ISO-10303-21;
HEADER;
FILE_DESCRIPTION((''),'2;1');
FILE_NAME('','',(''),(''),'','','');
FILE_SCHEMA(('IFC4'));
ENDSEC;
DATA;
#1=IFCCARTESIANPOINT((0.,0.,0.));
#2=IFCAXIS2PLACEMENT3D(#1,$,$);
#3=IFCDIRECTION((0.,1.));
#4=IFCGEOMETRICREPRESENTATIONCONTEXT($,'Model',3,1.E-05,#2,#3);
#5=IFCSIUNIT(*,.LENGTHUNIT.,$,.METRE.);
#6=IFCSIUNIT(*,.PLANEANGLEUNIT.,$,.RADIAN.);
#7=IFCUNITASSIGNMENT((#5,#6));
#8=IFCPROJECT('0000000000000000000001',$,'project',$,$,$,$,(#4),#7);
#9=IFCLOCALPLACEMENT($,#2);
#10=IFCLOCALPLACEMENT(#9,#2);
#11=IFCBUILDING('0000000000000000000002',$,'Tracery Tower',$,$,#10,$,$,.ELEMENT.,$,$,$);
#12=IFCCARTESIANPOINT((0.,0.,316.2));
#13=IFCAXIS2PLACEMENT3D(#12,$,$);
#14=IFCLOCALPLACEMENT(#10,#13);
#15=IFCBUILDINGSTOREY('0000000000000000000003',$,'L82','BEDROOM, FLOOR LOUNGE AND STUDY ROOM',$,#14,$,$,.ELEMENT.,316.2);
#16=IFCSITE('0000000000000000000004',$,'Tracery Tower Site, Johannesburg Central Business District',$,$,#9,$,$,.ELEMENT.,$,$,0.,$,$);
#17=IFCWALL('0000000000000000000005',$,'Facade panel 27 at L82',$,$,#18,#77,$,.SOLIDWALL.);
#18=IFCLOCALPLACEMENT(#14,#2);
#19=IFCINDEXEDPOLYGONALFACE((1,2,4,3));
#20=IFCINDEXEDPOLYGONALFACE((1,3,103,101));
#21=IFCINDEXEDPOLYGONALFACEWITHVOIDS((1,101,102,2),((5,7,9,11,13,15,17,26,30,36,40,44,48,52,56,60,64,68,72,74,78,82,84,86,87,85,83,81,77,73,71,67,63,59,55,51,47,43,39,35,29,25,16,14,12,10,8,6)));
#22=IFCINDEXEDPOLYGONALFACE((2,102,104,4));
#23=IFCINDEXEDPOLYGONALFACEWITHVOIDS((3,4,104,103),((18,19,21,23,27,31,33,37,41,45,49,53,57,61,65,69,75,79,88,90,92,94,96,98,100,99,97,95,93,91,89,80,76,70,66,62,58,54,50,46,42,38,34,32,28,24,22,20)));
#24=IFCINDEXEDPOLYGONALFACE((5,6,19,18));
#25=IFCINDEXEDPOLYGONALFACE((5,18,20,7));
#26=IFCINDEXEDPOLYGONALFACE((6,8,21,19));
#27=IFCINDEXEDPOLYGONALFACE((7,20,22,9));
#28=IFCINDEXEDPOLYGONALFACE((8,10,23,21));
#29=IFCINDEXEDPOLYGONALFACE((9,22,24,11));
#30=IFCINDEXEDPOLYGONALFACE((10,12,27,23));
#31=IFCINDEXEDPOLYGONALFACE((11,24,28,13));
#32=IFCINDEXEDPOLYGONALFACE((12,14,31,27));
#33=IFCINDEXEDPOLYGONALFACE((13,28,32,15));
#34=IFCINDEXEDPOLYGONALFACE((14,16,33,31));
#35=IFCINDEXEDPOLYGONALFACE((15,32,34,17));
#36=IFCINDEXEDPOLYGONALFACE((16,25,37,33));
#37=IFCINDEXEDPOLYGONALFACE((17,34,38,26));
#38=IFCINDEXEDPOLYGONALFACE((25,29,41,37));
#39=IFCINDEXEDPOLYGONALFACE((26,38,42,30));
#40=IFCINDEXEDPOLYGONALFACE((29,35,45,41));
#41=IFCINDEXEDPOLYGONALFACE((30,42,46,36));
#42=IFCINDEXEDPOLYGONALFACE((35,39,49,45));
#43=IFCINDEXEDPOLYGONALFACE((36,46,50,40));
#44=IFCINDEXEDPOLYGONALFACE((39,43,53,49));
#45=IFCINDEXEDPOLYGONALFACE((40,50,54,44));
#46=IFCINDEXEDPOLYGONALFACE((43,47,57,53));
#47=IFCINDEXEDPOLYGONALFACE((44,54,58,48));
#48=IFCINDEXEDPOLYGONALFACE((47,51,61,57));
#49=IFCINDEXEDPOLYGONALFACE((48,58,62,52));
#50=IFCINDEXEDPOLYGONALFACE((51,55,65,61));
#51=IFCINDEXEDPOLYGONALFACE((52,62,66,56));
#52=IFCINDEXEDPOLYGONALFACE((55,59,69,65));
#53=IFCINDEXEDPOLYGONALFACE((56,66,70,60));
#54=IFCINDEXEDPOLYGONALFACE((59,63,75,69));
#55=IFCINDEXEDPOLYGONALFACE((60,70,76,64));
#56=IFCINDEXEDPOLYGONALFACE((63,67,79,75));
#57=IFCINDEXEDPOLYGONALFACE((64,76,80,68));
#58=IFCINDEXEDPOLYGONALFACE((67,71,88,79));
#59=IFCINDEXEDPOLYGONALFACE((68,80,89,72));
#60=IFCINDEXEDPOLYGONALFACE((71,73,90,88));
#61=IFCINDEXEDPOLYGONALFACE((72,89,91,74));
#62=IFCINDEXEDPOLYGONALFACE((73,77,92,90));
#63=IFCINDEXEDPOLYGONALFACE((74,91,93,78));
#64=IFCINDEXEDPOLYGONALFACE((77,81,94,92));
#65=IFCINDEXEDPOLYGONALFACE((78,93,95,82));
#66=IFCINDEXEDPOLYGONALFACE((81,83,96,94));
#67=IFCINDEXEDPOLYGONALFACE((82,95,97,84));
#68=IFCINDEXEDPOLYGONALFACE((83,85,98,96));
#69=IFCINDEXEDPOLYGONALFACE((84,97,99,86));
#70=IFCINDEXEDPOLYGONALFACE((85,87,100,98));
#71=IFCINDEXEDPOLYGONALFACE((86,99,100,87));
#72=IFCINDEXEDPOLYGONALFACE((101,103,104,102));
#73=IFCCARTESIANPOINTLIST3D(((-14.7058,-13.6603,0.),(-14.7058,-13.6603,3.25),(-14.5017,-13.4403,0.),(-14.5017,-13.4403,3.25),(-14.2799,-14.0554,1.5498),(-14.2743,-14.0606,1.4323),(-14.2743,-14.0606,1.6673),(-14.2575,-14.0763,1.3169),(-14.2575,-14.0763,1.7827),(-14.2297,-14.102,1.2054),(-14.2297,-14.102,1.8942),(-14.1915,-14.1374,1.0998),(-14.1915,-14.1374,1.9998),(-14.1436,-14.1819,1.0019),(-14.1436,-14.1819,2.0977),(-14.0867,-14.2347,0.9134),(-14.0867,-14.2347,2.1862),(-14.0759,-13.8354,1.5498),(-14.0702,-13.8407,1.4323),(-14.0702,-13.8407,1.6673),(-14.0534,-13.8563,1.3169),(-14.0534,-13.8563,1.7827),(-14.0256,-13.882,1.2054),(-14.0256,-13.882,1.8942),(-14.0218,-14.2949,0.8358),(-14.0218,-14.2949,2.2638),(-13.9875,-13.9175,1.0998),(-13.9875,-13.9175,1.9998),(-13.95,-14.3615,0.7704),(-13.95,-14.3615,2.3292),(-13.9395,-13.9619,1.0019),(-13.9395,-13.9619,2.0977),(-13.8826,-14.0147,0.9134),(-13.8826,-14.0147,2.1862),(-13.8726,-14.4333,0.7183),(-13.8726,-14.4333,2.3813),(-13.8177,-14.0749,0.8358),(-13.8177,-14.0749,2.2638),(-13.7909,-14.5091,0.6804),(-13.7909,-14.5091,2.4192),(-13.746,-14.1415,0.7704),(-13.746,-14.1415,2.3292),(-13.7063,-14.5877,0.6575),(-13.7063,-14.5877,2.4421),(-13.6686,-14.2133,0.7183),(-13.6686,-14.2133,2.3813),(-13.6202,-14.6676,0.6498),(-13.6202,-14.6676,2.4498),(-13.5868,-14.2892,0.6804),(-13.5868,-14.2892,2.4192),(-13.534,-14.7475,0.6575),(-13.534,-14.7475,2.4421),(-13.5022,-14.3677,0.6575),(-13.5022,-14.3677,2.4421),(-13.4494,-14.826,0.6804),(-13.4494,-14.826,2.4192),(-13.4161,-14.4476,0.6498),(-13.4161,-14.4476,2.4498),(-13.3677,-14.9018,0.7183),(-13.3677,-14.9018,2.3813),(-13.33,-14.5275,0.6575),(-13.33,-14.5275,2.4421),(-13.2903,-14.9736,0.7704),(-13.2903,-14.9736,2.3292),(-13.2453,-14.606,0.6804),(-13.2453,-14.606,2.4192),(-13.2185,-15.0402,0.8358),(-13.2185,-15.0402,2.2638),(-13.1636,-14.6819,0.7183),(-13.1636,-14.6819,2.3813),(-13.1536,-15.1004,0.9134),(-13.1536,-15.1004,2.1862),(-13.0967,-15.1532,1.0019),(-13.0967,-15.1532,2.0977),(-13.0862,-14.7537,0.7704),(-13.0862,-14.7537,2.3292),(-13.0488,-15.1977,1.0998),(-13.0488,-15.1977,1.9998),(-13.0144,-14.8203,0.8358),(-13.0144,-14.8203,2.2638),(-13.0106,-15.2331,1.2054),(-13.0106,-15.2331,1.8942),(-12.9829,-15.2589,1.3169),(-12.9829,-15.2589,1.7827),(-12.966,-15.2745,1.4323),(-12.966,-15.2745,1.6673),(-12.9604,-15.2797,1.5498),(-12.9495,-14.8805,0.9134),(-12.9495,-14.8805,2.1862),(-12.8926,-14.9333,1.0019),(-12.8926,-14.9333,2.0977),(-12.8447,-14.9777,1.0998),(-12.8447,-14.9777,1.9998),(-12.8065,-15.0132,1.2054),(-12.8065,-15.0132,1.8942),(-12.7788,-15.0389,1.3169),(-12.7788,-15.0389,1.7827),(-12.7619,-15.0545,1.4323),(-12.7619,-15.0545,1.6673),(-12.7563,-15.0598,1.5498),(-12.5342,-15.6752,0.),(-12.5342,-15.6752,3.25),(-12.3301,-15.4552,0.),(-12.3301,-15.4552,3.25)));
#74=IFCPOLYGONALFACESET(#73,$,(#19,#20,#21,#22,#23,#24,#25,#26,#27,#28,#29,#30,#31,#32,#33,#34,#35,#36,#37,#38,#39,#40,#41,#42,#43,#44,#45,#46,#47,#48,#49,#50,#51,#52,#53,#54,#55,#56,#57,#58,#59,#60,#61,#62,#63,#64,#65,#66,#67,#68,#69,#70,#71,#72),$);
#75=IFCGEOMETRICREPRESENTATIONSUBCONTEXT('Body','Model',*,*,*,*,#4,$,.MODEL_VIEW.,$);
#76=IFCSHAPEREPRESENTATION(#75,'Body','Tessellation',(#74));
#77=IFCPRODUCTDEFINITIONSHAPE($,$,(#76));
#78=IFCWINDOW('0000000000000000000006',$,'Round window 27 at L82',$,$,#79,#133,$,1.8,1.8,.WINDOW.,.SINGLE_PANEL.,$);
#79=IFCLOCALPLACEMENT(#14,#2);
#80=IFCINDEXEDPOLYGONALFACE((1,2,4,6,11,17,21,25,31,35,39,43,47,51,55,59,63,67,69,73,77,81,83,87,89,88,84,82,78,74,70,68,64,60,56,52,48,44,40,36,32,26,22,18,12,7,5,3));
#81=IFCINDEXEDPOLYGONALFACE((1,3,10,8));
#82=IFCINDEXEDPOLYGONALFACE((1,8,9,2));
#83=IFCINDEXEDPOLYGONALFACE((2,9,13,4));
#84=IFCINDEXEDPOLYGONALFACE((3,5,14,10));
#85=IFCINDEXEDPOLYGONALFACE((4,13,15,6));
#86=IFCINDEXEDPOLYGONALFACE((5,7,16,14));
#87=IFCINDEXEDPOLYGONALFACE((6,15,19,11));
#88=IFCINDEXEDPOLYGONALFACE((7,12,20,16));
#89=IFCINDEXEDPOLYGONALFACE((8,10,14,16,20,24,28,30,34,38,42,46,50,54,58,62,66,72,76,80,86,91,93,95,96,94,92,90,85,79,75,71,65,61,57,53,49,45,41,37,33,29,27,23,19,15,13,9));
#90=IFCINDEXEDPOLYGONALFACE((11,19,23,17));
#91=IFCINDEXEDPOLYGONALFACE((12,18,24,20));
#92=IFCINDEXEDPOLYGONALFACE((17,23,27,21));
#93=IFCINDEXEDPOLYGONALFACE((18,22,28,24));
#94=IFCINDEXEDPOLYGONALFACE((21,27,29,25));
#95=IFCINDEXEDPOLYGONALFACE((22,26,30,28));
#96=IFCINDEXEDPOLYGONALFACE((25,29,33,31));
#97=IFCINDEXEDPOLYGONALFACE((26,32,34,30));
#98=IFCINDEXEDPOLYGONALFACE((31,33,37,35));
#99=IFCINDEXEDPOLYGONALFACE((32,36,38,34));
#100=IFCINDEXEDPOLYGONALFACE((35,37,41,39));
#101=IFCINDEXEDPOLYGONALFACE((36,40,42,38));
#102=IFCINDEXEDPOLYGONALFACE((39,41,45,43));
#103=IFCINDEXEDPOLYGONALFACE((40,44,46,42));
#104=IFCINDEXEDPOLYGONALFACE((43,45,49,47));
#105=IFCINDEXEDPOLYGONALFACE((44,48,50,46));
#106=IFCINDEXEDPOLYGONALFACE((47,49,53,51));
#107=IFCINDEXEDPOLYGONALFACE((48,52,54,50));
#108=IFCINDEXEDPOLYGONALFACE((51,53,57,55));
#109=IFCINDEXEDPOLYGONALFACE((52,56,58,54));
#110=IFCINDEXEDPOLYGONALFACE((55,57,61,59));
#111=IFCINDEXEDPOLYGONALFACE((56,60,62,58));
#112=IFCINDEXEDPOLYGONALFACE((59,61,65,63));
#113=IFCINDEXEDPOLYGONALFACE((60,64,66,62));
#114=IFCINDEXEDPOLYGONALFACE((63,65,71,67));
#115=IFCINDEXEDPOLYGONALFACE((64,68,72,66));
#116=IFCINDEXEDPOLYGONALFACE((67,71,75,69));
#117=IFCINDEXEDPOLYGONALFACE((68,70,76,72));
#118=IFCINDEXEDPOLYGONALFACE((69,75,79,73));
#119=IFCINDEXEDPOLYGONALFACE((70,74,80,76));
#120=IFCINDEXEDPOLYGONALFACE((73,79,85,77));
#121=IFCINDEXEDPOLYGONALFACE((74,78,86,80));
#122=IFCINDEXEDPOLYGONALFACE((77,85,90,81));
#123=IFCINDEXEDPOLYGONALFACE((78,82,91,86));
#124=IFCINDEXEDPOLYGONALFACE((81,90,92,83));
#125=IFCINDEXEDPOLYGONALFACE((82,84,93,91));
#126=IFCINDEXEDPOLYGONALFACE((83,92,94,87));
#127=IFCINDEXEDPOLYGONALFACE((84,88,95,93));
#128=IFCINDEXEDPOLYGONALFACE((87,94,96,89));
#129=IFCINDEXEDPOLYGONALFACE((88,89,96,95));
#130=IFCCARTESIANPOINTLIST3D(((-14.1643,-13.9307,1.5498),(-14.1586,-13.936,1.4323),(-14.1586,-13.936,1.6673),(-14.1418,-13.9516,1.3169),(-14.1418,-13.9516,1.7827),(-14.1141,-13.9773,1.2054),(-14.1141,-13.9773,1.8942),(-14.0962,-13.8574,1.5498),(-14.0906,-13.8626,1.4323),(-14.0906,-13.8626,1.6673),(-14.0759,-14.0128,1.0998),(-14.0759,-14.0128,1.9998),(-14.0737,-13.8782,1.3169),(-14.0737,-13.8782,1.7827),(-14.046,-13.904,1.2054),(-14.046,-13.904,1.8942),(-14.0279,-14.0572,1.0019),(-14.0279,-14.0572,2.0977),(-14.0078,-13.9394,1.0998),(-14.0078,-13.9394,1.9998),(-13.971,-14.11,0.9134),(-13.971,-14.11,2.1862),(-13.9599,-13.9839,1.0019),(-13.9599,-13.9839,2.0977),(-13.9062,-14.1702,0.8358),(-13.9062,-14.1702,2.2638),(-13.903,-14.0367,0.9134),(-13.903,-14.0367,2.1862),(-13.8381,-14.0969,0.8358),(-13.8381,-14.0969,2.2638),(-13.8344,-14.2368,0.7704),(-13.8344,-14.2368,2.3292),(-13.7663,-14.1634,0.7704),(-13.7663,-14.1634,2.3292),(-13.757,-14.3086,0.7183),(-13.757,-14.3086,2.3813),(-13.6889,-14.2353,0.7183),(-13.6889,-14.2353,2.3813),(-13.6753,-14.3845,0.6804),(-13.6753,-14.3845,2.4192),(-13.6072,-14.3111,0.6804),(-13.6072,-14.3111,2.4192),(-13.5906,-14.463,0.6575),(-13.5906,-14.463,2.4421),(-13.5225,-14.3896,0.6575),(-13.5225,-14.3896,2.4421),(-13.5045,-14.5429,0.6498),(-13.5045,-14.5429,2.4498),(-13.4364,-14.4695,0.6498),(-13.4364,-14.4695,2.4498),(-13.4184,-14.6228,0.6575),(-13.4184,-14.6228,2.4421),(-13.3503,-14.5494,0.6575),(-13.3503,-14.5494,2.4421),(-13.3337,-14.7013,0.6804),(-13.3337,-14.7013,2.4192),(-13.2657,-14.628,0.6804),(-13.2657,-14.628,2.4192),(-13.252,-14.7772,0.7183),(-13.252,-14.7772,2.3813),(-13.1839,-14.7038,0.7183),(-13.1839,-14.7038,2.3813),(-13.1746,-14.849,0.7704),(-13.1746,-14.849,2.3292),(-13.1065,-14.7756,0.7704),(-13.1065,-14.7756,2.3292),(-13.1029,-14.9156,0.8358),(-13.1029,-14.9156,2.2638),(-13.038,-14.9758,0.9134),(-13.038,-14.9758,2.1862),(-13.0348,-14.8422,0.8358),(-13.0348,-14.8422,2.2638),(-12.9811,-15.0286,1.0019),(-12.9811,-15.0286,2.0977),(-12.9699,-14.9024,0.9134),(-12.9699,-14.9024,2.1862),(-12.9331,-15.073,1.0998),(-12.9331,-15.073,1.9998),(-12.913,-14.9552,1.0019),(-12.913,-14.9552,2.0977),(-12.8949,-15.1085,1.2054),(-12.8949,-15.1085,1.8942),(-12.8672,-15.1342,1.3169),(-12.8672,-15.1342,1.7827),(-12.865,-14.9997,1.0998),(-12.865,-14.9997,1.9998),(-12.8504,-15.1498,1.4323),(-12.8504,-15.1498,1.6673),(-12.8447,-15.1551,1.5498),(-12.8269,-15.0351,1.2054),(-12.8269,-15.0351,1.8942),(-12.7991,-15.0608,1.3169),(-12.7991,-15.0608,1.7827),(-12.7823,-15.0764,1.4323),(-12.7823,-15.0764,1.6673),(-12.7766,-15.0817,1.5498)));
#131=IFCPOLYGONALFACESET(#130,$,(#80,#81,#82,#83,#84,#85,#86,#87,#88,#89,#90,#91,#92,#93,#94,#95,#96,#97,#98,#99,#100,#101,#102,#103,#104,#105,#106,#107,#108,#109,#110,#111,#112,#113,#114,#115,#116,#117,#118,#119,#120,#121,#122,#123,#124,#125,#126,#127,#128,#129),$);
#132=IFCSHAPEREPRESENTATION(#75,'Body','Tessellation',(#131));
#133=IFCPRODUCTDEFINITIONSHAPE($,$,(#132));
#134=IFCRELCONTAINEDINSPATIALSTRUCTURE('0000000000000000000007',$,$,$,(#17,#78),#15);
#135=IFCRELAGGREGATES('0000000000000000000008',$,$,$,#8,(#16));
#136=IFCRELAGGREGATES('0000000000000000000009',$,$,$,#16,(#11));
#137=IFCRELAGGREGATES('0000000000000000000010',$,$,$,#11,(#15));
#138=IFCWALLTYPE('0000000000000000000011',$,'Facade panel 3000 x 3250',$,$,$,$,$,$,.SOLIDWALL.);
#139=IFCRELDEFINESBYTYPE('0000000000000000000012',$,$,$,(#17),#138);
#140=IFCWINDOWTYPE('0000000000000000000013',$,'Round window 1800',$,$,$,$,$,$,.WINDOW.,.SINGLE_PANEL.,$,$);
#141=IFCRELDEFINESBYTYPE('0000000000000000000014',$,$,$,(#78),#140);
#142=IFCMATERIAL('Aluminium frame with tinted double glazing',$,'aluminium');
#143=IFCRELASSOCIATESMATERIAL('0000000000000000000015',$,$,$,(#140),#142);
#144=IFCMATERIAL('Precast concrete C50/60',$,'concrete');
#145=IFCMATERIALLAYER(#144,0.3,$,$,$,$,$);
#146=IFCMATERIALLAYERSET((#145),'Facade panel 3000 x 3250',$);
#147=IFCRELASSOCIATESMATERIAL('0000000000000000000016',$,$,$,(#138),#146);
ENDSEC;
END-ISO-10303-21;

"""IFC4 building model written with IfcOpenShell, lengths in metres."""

from ifc_helpers import new_model, si_unit, direction, frame, frame_2d, origin, origin_2d, place, context, subcontext, project, spatial, rectangle, circle, extrude, material, layer, layer_set, type_object, element, fill, save


model = new_model("IFC4")

# Units and contexts
model_context = context("Model", 3, precision=1e-05, world=origin(), true_north=direction((0.0, 1.0)))
body_context = subcontext(model_context, "Body", "Model", "MODEL_VIEW")
ifc_project = project(units=[si_unit("LENGTHUNIT", "METRE"), si_unit("PLANEANGLEUNIT", "RADIAN")], contexts=[model_context])

# Site, building, storey
site_placement = place(None, origin())
site = spatial("IfcSite", under=ifc_project, at=site_placement, Name="Tracery Tower Site, Johannesburg Central Business District", CompositionType="ELEMENT", RefElevation=0.0)
building_placement = place(site_placement, origin())
building = spatial("IfcBuilding", under=site, at=building_placement, Name="Tracery Tower", CompositionType="ELEMENT")
storey_placement = place(building_placement, frame((0.0, 0.0, 316.2)))
storey = spatial("IfcBuildingStorey", under=building, at=storey_placement, Name="L82", Description="BEDROOM, FLOOR LOUNGE AND STUDY ROOM", CompositionType="ELEMENT", Elevation=316.2)

# Wall, opening, window
ifc_material_1 = material(Name="Aluminium frame with tinted double glazing", Category="aluminium")
window_type = type_object("IfcWindowType", Name="Round window 1800", PartitioningType="SINGLE_PANEL", PredefinedType="WINDOW", material=ifc_material_1)
ifc_material_2 = material(Name="Precast concrete C50/60", Category="concrete")
ifc_layer_1 = layer(ifc_material_2, 0.3)
ifc_layer_set_1 = layer_set([ifc_layer_1], Name="Facade panel 3000 x 3250")
wall_type_1 = type_object("IfcWallType", Name="Facade panel 3000 x 3250", PredefinedType="SOLIDWALL", material=ifc_layer_set_1)
wall_1_placement = place(storey_placement, frame((-14.6038, -13.5503, 0.0), z_axis=(0.0, 0.0, 1.0), x_axis=(0.733066, -0.680157, 0.0)))
wall_1 = element("IfcWall", 1, at=wall_1_placement, inside=storey, type_object=wall_type_1, Name="Facade panel 27 at L82", PredefinedType="SOLIDWALL", context=body_context, shape_type="SweptSolid", body=[
    extrude(rectangle(XDim=2.9624, YDim=0.3, at=frame_2d((1.4812, 0.0))), origin(), (0.0, 0.0, 1.0), 3.25),
])
opening_1_placement = place(wall_1_placement, frame((1.481, 0.0, 1.5498)))
opening_1 = element("IfcOpeningElement", 2, at=opening_1_placement, cuts=wall_1, PredefinedType="OPENING", context=body_context, shape_type="SweptSolid", body=[
    extrude(circle(Radius=0.9, at=origin_2d()), frame((0.0, 0.1599, 0.0), z_axis=(0.0, -1.0, 0.0), x_axis=(1.0, 0.0, 0.0)), (0.0, 0.0, 1.0), 0.3201),
])
window_1_placement = place(opening_1_placement, origin())
window_1 = element("IfcWindow", 3, at=window_1_placement, inside=storey, type_object=window_type, Name="Round window 27 at L82", OverallHeight=1.8, OverallWidth=1.8, PartitioningType="SINGLE_PANEL", PredefinedType="WINDOW", context=body_context, shape_type="SweptSolid", body=[
    extrude(circle(Radius=0.9, at=origin_2d()), frame((0.0, 0.1201, 0.0), z_axis=(0.0, -1.0, 0.0), x_axis=(1.0, 0.0, 0.0)), (0.0, 0.0, 1.0), 0.1001),
])
fill(opening_1, window_1)

save(model, "model.ifc")
